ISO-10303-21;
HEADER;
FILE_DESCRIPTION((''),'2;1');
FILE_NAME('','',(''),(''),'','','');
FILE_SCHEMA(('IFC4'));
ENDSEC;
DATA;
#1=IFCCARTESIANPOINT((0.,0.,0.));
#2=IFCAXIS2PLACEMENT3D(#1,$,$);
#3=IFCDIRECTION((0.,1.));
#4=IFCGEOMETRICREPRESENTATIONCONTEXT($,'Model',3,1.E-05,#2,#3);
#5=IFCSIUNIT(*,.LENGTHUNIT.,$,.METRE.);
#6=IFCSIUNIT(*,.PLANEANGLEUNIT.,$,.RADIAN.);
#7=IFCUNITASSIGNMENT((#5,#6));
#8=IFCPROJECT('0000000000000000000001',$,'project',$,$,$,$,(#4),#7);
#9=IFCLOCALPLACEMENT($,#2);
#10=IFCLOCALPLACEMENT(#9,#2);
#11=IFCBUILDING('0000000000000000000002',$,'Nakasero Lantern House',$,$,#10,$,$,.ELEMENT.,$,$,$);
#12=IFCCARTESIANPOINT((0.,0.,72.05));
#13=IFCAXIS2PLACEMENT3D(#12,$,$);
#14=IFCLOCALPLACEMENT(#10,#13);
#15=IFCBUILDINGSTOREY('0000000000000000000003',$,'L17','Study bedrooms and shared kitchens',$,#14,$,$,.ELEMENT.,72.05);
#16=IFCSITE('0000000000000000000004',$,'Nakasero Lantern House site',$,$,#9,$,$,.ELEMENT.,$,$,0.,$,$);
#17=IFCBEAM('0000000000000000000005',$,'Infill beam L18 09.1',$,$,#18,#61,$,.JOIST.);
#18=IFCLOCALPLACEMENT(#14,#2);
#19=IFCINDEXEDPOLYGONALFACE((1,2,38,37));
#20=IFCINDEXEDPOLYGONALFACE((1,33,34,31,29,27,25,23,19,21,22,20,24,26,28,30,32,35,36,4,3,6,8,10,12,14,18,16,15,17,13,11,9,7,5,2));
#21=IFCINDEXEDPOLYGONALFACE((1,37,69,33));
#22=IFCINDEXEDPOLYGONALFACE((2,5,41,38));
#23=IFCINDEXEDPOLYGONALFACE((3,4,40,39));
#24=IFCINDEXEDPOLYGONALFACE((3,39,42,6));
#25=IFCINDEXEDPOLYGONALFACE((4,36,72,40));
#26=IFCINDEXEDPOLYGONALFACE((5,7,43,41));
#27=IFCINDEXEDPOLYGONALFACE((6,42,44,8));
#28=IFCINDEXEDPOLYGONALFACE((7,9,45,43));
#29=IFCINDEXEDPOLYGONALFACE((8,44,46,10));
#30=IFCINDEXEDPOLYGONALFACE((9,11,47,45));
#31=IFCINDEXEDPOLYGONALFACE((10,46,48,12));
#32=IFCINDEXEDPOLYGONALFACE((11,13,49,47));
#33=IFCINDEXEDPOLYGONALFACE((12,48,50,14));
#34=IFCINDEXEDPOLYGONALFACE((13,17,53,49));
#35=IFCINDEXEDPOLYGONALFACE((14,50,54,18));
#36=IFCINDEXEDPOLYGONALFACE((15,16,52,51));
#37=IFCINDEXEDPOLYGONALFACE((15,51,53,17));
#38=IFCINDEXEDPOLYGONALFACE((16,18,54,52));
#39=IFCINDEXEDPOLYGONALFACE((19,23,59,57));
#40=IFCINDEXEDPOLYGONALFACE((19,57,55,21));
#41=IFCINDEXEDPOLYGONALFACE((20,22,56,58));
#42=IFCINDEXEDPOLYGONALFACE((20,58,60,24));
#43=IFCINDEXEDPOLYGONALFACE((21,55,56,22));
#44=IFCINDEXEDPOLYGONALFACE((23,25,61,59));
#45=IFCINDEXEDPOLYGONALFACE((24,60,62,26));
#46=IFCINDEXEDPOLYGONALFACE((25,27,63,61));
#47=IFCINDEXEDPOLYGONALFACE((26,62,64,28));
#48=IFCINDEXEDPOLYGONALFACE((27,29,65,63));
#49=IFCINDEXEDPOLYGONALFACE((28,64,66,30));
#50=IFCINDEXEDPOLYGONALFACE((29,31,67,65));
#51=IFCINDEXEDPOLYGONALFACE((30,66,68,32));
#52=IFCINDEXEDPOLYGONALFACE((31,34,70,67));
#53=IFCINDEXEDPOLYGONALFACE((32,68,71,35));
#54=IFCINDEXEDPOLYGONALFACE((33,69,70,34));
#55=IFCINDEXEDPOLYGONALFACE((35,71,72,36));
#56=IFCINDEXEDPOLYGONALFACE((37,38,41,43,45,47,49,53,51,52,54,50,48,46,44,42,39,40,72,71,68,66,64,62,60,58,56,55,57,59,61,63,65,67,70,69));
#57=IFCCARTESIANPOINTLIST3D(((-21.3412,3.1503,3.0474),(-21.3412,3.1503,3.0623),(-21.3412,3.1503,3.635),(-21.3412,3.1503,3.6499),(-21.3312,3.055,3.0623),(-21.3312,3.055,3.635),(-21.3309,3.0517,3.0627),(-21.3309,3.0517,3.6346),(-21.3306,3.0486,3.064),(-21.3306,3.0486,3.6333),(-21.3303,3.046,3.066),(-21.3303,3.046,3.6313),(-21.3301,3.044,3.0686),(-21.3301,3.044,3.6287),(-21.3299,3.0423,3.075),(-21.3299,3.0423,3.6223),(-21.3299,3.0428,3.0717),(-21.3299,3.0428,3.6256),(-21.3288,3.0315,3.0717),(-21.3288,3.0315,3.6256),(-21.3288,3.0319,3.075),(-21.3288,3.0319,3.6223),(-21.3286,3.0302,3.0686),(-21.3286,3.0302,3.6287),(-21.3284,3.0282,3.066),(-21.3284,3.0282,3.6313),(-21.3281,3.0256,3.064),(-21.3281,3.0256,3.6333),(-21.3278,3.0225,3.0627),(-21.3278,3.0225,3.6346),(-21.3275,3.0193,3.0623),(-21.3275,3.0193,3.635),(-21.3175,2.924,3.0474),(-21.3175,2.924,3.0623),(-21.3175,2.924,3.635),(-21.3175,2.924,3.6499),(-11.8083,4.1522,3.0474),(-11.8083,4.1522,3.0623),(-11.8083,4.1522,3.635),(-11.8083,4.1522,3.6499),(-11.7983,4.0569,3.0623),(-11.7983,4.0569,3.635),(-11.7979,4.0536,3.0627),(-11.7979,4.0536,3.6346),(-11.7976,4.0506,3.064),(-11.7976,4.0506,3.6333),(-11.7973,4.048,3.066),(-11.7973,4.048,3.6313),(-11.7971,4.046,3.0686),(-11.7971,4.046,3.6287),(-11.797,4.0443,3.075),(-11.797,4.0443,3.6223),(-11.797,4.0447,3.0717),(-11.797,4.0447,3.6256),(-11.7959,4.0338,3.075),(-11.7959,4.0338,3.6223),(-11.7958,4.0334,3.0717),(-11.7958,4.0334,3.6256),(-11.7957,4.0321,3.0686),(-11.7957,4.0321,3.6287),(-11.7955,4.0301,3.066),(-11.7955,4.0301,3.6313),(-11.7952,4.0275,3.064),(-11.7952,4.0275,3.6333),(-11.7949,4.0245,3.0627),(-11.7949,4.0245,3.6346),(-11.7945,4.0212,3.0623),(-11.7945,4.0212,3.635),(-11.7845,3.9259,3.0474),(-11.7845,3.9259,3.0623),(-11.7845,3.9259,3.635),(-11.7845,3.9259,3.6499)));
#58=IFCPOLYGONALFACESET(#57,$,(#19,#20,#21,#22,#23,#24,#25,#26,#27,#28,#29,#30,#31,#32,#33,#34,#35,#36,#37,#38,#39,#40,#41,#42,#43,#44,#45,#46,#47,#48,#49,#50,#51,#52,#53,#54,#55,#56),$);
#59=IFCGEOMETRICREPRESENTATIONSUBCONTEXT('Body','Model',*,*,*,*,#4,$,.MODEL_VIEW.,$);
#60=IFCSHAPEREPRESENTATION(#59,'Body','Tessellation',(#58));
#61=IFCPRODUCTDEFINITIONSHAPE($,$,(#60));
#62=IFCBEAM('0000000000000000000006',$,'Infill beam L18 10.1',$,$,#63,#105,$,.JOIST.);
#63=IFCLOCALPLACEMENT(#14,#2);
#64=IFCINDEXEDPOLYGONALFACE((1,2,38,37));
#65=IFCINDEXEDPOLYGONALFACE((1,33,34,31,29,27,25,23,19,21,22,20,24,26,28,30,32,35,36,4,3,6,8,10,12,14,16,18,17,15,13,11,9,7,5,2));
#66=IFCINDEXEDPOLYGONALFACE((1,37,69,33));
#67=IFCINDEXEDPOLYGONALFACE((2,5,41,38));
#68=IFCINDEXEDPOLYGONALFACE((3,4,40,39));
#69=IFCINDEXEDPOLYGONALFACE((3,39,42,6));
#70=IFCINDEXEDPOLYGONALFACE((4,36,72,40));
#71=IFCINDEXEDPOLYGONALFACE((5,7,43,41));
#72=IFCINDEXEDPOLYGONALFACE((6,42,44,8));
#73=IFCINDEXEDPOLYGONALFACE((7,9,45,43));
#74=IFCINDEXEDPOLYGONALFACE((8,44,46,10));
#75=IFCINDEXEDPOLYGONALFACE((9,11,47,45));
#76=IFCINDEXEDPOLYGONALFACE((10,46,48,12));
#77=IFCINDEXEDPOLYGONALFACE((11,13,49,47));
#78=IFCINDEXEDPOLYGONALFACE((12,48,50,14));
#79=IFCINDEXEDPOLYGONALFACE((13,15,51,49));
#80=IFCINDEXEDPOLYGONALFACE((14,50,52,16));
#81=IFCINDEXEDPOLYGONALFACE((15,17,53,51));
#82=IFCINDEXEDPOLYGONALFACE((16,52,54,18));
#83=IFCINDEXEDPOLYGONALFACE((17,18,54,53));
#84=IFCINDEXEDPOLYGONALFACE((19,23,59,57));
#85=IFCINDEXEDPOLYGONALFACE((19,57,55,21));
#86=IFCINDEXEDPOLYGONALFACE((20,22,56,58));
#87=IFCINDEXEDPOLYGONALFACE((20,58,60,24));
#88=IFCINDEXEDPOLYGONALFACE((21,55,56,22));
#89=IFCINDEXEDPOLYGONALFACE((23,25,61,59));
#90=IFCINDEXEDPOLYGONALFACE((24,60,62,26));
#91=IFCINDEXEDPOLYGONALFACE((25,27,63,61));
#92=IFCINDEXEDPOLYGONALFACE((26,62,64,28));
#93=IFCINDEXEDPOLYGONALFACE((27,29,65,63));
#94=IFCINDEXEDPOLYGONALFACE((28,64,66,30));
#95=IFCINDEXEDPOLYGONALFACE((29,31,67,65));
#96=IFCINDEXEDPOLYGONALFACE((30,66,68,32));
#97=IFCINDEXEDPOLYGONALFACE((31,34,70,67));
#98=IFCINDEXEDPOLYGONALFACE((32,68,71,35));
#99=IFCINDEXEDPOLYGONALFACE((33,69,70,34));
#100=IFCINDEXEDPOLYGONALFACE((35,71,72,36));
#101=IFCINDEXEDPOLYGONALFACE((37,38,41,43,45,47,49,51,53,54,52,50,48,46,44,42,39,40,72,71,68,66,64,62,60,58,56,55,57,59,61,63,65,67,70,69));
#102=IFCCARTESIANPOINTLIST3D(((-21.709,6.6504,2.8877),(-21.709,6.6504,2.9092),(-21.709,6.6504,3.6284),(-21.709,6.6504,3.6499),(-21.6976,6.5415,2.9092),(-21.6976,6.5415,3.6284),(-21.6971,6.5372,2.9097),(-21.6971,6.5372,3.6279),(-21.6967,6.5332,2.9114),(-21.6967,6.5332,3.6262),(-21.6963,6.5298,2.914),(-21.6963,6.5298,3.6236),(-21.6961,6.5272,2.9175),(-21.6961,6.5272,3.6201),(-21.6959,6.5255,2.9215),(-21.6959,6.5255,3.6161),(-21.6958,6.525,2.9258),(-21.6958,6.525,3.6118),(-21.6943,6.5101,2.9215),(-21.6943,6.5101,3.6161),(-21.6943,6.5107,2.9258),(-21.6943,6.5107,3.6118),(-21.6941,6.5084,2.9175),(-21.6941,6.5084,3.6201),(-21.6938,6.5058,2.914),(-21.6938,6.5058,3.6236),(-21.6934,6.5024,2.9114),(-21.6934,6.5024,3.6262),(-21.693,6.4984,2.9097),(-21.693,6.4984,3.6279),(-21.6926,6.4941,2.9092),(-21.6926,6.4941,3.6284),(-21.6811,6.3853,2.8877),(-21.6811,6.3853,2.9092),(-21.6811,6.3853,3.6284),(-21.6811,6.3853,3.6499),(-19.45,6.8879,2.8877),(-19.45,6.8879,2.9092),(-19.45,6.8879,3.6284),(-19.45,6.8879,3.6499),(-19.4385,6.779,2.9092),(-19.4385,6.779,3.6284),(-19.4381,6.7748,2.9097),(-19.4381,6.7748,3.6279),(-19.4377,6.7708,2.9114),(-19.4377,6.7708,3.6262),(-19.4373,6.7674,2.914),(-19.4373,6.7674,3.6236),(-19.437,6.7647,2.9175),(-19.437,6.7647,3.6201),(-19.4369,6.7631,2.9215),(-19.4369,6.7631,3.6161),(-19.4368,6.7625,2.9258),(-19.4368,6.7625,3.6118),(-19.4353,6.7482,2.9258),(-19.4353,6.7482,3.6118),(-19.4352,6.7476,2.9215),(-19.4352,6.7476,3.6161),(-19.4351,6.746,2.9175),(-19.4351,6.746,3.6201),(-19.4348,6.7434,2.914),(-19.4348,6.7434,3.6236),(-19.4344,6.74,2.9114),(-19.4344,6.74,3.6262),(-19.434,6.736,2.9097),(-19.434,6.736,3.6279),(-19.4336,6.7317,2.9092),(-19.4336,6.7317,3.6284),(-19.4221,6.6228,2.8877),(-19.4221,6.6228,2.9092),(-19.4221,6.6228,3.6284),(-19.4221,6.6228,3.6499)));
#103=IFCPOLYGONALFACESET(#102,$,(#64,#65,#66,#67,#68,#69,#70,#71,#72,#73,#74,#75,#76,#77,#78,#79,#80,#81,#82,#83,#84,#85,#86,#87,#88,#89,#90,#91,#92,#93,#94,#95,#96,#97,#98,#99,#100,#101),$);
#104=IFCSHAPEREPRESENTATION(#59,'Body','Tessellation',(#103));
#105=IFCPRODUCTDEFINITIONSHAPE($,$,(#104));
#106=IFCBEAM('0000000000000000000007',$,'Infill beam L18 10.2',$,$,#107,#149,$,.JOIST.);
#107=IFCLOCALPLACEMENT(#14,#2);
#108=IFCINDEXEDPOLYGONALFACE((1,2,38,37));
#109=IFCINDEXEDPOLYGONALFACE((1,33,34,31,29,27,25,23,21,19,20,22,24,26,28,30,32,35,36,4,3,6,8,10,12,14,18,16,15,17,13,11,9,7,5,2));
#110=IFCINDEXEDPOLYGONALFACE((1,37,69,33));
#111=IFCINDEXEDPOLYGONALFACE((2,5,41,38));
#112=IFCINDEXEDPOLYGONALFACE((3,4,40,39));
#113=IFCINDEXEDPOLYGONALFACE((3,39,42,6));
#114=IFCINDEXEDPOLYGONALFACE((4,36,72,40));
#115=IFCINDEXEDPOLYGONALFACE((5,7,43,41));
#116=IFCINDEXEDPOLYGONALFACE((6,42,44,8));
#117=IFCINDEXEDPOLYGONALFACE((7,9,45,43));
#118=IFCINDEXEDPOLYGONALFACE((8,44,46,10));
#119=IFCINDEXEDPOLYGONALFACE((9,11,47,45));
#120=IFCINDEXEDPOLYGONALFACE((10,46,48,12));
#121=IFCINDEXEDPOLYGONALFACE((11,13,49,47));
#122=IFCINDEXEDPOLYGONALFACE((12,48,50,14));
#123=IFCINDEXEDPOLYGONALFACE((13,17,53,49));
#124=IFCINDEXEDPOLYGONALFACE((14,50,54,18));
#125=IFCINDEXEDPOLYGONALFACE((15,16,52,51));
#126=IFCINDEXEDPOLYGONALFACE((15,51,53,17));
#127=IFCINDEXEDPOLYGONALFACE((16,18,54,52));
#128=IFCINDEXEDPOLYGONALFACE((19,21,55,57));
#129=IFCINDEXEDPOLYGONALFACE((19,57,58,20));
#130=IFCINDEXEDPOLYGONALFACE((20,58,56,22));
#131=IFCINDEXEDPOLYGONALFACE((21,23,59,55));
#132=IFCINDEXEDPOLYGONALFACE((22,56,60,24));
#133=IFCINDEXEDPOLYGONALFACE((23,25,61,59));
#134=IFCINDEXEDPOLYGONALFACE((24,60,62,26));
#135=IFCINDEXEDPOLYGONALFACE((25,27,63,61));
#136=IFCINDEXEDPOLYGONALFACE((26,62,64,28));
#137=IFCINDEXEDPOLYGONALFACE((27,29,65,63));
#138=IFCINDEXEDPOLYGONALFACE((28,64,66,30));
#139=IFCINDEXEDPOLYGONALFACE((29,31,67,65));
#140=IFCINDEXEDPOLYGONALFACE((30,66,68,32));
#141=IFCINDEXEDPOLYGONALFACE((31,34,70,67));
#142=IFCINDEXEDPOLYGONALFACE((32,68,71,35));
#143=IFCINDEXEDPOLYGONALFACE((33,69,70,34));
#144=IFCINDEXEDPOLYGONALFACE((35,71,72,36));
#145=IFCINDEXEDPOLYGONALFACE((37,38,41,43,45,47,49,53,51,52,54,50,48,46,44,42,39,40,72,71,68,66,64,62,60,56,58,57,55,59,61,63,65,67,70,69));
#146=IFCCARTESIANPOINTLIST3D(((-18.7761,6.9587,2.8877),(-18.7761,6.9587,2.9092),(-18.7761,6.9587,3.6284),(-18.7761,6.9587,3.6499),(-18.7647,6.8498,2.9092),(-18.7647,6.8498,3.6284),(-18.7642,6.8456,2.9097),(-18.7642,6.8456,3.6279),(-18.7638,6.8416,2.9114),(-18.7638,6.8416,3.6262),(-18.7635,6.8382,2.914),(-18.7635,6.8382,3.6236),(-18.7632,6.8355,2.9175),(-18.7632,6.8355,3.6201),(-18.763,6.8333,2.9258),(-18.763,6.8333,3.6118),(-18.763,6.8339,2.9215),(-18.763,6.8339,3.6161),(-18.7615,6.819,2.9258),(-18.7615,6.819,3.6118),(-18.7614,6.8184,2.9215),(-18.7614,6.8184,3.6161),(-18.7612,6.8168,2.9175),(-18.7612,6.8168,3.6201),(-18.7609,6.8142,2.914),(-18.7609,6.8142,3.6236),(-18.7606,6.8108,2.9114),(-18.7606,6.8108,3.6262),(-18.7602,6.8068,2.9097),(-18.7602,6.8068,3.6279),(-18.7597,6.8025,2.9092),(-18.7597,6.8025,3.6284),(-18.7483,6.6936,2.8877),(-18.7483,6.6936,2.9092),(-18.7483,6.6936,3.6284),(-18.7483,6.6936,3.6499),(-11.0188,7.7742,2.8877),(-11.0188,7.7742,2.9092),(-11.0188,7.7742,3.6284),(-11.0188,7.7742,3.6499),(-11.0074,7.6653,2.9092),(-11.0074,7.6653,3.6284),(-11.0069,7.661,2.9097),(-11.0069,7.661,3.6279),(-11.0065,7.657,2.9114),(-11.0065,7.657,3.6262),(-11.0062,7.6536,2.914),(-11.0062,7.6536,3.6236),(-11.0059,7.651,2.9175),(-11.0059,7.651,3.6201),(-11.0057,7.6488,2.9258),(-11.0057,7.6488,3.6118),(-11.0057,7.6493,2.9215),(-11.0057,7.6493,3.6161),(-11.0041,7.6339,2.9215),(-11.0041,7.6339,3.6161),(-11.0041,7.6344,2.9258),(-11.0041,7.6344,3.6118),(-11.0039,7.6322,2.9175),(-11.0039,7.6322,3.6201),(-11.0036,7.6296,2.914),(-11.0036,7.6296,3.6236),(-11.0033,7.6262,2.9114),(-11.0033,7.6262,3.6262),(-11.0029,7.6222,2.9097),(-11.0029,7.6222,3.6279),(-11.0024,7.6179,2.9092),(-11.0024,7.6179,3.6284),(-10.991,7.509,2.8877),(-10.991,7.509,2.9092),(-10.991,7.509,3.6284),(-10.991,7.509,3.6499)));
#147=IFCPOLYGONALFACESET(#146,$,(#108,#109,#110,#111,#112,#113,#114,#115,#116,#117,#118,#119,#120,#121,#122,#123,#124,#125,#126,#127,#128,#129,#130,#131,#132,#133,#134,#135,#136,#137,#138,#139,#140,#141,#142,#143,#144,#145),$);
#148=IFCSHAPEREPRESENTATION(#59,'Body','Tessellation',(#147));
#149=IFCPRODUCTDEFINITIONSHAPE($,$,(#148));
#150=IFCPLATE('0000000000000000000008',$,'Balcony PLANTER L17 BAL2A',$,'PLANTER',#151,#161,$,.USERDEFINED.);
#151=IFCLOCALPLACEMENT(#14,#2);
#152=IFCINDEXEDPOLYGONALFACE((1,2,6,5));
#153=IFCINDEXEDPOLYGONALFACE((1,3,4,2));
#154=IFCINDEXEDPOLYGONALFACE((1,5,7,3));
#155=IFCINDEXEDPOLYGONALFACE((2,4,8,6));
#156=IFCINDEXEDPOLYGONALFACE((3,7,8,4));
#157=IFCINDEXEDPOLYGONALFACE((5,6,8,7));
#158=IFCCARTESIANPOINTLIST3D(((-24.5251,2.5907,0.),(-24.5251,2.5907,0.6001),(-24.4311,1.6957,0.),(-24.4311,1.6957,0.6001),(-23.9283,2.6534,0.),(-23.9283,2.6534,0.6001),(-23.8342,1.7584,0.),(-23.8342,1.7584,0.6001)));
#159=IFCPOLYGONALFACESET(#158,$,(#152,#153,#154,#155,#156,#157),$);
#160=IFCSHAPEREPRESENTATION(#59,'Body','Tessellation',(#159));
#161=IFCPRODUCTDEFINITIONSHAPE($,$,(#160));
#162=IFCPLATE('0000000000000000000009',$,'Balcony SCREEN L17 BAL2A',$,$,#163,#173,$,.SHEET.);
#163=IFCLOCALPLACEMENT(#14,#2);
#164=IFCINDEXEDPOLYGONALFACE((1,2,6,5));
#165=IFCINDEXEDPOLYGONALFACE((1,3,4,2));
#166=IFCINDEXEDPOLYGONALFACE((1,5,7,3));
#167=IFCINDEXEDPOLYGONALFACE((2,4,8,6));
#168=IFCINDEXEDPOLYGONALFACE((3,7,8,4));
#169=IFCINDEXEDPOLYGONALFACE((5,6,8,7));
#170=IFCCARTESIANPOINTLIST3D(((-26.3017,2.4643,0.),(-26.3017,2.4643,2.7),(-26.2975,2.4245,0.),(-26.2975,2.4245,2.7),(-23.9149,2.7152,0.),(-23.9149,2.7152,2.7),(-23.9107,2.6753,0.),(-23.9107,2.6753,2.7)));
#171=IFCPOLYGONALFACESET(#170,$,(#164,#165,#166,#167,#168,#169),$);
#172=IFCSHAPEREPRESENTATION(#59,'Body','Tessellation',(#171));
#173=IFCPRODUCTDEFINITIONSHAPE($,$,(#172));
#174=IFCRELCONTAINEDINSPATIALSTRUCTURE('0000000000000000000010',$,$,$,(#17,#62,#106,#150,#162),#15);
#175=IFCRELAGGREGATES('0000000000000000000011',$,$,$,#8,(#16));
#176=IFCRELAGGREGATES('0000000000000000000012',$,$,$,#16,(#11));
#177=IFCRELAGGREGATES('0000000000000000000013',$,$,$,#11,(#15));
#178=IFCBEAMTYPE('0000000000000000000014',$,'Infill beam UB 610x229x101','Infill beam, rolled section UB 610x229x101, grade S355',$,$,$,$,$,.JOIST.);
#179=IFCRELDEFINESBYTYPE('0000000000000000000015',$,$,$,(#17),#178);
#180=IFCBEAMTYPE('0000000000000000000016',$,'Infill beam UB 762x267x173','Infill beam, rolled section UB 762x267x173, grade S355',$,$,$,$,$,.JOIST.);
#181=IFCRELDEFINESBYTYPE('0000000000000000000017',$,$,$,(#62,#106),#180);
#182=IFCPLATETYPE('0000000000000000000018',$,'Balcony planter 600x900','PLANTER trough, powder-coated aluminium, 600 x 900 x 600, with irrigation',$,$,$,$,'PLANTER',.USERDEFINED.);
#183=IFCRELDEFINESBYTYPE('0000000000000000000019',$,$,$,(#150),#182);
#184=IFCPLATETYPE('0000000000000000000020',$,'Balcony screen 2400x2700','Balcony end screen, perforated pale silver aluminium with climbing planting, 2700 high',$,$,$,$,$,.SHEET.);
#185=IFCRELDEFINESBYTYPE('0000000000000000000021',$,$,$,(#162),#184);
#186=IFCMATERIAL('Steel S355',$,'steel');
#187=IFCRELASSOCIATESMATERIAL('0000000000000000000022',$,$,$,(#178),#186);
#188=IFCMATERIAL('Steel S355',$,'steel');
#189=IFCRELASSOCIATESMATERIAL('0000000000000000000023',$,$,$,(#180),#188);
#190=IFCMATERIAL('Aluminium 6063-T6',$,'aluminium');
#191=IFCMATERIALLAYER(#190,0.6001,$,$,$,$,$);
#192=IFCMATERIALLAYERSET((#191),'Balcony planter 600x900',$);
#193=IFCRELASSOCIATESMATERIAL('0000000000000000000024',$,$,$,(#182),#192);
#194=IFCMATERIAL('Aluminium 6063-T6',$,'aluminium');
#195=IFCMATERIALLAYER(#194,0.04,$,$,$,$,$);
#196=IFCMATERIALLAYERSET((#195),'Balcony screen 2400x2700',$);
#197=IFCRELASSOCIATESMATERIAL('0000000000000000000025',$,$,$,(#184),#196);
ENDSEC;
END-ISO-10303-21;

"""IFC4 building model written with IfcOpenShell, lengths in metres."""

from ifc_helpers import new_model, si_unit, direction, frame, origin, origin_2d, place, context, subcontext, project, spatial, rectangle, i_section, extrude, material, layer, layer_set, material_profile, profile_set, type_object, element, save


model = new_model("IFC4")

# Units and contexts
model_context = context("Model", 3, precision=1e-05, world=origin(), true_north=direction((0.0, 1.0)))
body_context = subcontext(model_context, "Body", "Model", "MODEL_VIEW")
ifc_project = project(units=[si_unit("LENGTHUNIT", "METRE"), si_unit("PLANEANGLEUNIT", "RADIAN")], contexts=[model_context])

# Site, building, storey
site_placement = place(None, origin())
site = spatial("IfcSite", under=ifc_project, at=site_placement, Name="Nakasero Lantern House site", CompositionType="ELEMENT", RefElevation=0.0)
building_placement = place(site_placement, origin())
building = spatial("IfcBuilding", under=site, at=building_placement, Name="Nakasero Lantern House", CompositionType="ELEMENT")
storey_placement = place(building_placement, frame((0.0, 0.0, 72.05)))
storey = spatial("IfcBuildingStorey", under=building, at=storey_placement, Name="L17", Description="Study bedrooms and shared kitchens", CompositionType="ELEMENT", Elevation=72.05)

# Beams
ifc_material_1 = material(Name="Steel S355", Category="steel")
ifc_material_profile_1 = material_profile(ifc_material_1, i_section(OverallWidth=0.2275, OverallDepth=0.6025, WebThickness=0.0105, FlangeThickness=0.0149, FilletRadius=0.0127, at=origin_2d()), Name="UB 610x229x101")
ifc_profile_set_1 = profile_set([ifc_material_profile_1], Name="Steel S355")
beam_type_1 = type_object("IfcBeamType", Name="Infill beam UB 610x229x101", Description="Infill beam, rolled section UB 610x229x101, grade S355", PredefinedType="JOIST", material=ifc_profile_set_1)
beam_1_placement = place(storey_placement, frame((-21.3293, 3.0371, 3.3486), z_axis=(0.994522, 0.104528, 0.0), x_axis=(-0.104528, 0.994522, 0.0)))
element("IfcBeam", 1, at=beam_1_placement, inside=storey, type_object=beam_type_1, Name="Infill beam L18 09.1", PredefinedType="JOIST", context=body_context, shape_type="SweptSolid", body=[
    extrude(i_section(OverallWidth=0.2275, OverallDepth=0.6025, WebThickness=0.0105, FlangeThickness=0.0149, FilletRadius=0.0127, at=origin_2d()), origin(), (0.0, 0.0, 1.0), 9.5854),
])
ifc_material_2 = material(Name="Steel S355", Category="steel")
ifc_material_profile_2 = material_profile(ifc_material_2, i_section(OverallWidth=0.2666, OverallDepth=0.7622, WebThickness=0.0144, FlangeThickness=0.0215, FilletRadius=0.0166, at=origin_2d()), Name="UB 762x267x173")
ifc_profile_set_2 = profile_set([ifc_material_profile_2], Name="Steel S355")
beam_type_2 = type_object("IfcBeamType", Name="Infill beam UB 762x267x173", Description="Infill beam, rolled section UB 762x267x173, grade S355", PredefinedType="JOIST", material=ifc_profile_set_2)
beam_2_placement = place(storey_placement, frame((-21.6951, 6.5178, 3.2688), z_axis=(0.994517, 0.104578, 0.0), x_axis=(-0.104578, 0.994517, 0.0)))
element("IfcBeam", 2, at=beam_2_placement, inside=storey, type_object=beam_type_2, Name="Infill beam L18 10.1", PredefinedType="JOIST", context=body_context, shape_type="SweptSolid", body=[
    extrude(i_section(OverallWidth=0.2666, OverallDepth=0.7622, WebThickness=0.0144, FlangeThickness=0.0215, FilletRadius=0.0166, at=origin_2d()), origin(), (0.0, 0.0, 1.0), 2.2715),
])
beam_3_placement = place(storey_placement, frame((-18.7622, 6.8262, 3.2688), z_axis=(0.994521, 0.104541, 0.0), x_axis=(-0.104541, 0.994521, 0.0)))
element("IfcBeam", 3, at=beam_3_placement, inside=storey, type_object=beam_type_2, Name="Infill beam L18 10.2", PredefinedType="JOIST", context=body_context, shape_type="SweptSolid", body=[
    extrude(i_section(OverallWidth=0.2666, OverallDepth=0.7622, WebThickness=0.0144, FlangeThickness=0.0215, FilletRadius=0.0166, at=origin_2d()), origin(), (0.0, 0.0, 1.0), 7.8),
])

# Plates
ifc_material_3 = material(Name="Aluminium 6063-T6", Category="aluminium")
ifc_layer_1 = layer(ifc_material_3, 0.6001)
ifc_layer_set_1 = layer_set([ifc_layer_1], Name="Balcony planter 600x900")
plate_type_1 = type_object("IfcPlateType", Name="Balcony planter 600x900", Description="PLANTER trough, powder-coated aluminium, 600 x 900 x 600, with irrigation", ElementType="PLANTER", PredefinedType="USERDEFINED", material=ifc_layer_set_1)
plate_1_placement = place(storey_placement, frame((-24.1797, 2.1746, 0.0), z_axis=(0.0, 0.0, 1.0), x_axis=(-0.994522, -0.104528, 0.0)))
element("IfcPlate", 4, at=plate_1_placement, inside=storey, type_object=plate_type_1, Name="Balcony PLANTER L17 BAL2A", ObjectType="PLANTER", PredefinedType="USERDEFINED", context=body_context, shape_type="SweptSolid", body=[
    extrude(rectangle(XDim=0.6001, YDim=0.8999, at=origin_2d()), origin(), (0.0, 0.0, 1.0), 0.6001),
])
ifc_material_4 = material(Name="Aluminium 6063-T6", Category="aluminium")
ifc_layer_2 = layer(ifc_material_4, 0.04)
ifc_layer_set_2 = layer_set([ifc_layer_2], Name="Balcony screen 2400x2700")
plate_type_2 = type_object("IfcPlateType", Name="Balcony screen 2400x2700", Description="Balcony end screen, perforated pale silver aluminium with climbing planting, 2700 high", PredefinedType="SHEET", material=ifc_layer_set_2)
plate_2_placement = place(storey_placement, frame((-25.1062, 2.5698, 0.0), z_axis=(0.0, 0.0, 1.0), x_axis=(-0.994522, -0.104528, 0.0)))
element("IfcPlate", 5, at=plate_2_placement, inside=storey, type_object=plate_type_2, Name="Balcony SCREEN L17 BAL2A", PredefinedType="SHEET", context=body_context, shape_type="SweptSolid", body=[
    extrude(rectangle(XDim=2.3999, YDim=0.04, at=origin_2d()), origin(), (0.0, 0.0, 1.0), 2.7),
])

save(model, "model.ifc")
